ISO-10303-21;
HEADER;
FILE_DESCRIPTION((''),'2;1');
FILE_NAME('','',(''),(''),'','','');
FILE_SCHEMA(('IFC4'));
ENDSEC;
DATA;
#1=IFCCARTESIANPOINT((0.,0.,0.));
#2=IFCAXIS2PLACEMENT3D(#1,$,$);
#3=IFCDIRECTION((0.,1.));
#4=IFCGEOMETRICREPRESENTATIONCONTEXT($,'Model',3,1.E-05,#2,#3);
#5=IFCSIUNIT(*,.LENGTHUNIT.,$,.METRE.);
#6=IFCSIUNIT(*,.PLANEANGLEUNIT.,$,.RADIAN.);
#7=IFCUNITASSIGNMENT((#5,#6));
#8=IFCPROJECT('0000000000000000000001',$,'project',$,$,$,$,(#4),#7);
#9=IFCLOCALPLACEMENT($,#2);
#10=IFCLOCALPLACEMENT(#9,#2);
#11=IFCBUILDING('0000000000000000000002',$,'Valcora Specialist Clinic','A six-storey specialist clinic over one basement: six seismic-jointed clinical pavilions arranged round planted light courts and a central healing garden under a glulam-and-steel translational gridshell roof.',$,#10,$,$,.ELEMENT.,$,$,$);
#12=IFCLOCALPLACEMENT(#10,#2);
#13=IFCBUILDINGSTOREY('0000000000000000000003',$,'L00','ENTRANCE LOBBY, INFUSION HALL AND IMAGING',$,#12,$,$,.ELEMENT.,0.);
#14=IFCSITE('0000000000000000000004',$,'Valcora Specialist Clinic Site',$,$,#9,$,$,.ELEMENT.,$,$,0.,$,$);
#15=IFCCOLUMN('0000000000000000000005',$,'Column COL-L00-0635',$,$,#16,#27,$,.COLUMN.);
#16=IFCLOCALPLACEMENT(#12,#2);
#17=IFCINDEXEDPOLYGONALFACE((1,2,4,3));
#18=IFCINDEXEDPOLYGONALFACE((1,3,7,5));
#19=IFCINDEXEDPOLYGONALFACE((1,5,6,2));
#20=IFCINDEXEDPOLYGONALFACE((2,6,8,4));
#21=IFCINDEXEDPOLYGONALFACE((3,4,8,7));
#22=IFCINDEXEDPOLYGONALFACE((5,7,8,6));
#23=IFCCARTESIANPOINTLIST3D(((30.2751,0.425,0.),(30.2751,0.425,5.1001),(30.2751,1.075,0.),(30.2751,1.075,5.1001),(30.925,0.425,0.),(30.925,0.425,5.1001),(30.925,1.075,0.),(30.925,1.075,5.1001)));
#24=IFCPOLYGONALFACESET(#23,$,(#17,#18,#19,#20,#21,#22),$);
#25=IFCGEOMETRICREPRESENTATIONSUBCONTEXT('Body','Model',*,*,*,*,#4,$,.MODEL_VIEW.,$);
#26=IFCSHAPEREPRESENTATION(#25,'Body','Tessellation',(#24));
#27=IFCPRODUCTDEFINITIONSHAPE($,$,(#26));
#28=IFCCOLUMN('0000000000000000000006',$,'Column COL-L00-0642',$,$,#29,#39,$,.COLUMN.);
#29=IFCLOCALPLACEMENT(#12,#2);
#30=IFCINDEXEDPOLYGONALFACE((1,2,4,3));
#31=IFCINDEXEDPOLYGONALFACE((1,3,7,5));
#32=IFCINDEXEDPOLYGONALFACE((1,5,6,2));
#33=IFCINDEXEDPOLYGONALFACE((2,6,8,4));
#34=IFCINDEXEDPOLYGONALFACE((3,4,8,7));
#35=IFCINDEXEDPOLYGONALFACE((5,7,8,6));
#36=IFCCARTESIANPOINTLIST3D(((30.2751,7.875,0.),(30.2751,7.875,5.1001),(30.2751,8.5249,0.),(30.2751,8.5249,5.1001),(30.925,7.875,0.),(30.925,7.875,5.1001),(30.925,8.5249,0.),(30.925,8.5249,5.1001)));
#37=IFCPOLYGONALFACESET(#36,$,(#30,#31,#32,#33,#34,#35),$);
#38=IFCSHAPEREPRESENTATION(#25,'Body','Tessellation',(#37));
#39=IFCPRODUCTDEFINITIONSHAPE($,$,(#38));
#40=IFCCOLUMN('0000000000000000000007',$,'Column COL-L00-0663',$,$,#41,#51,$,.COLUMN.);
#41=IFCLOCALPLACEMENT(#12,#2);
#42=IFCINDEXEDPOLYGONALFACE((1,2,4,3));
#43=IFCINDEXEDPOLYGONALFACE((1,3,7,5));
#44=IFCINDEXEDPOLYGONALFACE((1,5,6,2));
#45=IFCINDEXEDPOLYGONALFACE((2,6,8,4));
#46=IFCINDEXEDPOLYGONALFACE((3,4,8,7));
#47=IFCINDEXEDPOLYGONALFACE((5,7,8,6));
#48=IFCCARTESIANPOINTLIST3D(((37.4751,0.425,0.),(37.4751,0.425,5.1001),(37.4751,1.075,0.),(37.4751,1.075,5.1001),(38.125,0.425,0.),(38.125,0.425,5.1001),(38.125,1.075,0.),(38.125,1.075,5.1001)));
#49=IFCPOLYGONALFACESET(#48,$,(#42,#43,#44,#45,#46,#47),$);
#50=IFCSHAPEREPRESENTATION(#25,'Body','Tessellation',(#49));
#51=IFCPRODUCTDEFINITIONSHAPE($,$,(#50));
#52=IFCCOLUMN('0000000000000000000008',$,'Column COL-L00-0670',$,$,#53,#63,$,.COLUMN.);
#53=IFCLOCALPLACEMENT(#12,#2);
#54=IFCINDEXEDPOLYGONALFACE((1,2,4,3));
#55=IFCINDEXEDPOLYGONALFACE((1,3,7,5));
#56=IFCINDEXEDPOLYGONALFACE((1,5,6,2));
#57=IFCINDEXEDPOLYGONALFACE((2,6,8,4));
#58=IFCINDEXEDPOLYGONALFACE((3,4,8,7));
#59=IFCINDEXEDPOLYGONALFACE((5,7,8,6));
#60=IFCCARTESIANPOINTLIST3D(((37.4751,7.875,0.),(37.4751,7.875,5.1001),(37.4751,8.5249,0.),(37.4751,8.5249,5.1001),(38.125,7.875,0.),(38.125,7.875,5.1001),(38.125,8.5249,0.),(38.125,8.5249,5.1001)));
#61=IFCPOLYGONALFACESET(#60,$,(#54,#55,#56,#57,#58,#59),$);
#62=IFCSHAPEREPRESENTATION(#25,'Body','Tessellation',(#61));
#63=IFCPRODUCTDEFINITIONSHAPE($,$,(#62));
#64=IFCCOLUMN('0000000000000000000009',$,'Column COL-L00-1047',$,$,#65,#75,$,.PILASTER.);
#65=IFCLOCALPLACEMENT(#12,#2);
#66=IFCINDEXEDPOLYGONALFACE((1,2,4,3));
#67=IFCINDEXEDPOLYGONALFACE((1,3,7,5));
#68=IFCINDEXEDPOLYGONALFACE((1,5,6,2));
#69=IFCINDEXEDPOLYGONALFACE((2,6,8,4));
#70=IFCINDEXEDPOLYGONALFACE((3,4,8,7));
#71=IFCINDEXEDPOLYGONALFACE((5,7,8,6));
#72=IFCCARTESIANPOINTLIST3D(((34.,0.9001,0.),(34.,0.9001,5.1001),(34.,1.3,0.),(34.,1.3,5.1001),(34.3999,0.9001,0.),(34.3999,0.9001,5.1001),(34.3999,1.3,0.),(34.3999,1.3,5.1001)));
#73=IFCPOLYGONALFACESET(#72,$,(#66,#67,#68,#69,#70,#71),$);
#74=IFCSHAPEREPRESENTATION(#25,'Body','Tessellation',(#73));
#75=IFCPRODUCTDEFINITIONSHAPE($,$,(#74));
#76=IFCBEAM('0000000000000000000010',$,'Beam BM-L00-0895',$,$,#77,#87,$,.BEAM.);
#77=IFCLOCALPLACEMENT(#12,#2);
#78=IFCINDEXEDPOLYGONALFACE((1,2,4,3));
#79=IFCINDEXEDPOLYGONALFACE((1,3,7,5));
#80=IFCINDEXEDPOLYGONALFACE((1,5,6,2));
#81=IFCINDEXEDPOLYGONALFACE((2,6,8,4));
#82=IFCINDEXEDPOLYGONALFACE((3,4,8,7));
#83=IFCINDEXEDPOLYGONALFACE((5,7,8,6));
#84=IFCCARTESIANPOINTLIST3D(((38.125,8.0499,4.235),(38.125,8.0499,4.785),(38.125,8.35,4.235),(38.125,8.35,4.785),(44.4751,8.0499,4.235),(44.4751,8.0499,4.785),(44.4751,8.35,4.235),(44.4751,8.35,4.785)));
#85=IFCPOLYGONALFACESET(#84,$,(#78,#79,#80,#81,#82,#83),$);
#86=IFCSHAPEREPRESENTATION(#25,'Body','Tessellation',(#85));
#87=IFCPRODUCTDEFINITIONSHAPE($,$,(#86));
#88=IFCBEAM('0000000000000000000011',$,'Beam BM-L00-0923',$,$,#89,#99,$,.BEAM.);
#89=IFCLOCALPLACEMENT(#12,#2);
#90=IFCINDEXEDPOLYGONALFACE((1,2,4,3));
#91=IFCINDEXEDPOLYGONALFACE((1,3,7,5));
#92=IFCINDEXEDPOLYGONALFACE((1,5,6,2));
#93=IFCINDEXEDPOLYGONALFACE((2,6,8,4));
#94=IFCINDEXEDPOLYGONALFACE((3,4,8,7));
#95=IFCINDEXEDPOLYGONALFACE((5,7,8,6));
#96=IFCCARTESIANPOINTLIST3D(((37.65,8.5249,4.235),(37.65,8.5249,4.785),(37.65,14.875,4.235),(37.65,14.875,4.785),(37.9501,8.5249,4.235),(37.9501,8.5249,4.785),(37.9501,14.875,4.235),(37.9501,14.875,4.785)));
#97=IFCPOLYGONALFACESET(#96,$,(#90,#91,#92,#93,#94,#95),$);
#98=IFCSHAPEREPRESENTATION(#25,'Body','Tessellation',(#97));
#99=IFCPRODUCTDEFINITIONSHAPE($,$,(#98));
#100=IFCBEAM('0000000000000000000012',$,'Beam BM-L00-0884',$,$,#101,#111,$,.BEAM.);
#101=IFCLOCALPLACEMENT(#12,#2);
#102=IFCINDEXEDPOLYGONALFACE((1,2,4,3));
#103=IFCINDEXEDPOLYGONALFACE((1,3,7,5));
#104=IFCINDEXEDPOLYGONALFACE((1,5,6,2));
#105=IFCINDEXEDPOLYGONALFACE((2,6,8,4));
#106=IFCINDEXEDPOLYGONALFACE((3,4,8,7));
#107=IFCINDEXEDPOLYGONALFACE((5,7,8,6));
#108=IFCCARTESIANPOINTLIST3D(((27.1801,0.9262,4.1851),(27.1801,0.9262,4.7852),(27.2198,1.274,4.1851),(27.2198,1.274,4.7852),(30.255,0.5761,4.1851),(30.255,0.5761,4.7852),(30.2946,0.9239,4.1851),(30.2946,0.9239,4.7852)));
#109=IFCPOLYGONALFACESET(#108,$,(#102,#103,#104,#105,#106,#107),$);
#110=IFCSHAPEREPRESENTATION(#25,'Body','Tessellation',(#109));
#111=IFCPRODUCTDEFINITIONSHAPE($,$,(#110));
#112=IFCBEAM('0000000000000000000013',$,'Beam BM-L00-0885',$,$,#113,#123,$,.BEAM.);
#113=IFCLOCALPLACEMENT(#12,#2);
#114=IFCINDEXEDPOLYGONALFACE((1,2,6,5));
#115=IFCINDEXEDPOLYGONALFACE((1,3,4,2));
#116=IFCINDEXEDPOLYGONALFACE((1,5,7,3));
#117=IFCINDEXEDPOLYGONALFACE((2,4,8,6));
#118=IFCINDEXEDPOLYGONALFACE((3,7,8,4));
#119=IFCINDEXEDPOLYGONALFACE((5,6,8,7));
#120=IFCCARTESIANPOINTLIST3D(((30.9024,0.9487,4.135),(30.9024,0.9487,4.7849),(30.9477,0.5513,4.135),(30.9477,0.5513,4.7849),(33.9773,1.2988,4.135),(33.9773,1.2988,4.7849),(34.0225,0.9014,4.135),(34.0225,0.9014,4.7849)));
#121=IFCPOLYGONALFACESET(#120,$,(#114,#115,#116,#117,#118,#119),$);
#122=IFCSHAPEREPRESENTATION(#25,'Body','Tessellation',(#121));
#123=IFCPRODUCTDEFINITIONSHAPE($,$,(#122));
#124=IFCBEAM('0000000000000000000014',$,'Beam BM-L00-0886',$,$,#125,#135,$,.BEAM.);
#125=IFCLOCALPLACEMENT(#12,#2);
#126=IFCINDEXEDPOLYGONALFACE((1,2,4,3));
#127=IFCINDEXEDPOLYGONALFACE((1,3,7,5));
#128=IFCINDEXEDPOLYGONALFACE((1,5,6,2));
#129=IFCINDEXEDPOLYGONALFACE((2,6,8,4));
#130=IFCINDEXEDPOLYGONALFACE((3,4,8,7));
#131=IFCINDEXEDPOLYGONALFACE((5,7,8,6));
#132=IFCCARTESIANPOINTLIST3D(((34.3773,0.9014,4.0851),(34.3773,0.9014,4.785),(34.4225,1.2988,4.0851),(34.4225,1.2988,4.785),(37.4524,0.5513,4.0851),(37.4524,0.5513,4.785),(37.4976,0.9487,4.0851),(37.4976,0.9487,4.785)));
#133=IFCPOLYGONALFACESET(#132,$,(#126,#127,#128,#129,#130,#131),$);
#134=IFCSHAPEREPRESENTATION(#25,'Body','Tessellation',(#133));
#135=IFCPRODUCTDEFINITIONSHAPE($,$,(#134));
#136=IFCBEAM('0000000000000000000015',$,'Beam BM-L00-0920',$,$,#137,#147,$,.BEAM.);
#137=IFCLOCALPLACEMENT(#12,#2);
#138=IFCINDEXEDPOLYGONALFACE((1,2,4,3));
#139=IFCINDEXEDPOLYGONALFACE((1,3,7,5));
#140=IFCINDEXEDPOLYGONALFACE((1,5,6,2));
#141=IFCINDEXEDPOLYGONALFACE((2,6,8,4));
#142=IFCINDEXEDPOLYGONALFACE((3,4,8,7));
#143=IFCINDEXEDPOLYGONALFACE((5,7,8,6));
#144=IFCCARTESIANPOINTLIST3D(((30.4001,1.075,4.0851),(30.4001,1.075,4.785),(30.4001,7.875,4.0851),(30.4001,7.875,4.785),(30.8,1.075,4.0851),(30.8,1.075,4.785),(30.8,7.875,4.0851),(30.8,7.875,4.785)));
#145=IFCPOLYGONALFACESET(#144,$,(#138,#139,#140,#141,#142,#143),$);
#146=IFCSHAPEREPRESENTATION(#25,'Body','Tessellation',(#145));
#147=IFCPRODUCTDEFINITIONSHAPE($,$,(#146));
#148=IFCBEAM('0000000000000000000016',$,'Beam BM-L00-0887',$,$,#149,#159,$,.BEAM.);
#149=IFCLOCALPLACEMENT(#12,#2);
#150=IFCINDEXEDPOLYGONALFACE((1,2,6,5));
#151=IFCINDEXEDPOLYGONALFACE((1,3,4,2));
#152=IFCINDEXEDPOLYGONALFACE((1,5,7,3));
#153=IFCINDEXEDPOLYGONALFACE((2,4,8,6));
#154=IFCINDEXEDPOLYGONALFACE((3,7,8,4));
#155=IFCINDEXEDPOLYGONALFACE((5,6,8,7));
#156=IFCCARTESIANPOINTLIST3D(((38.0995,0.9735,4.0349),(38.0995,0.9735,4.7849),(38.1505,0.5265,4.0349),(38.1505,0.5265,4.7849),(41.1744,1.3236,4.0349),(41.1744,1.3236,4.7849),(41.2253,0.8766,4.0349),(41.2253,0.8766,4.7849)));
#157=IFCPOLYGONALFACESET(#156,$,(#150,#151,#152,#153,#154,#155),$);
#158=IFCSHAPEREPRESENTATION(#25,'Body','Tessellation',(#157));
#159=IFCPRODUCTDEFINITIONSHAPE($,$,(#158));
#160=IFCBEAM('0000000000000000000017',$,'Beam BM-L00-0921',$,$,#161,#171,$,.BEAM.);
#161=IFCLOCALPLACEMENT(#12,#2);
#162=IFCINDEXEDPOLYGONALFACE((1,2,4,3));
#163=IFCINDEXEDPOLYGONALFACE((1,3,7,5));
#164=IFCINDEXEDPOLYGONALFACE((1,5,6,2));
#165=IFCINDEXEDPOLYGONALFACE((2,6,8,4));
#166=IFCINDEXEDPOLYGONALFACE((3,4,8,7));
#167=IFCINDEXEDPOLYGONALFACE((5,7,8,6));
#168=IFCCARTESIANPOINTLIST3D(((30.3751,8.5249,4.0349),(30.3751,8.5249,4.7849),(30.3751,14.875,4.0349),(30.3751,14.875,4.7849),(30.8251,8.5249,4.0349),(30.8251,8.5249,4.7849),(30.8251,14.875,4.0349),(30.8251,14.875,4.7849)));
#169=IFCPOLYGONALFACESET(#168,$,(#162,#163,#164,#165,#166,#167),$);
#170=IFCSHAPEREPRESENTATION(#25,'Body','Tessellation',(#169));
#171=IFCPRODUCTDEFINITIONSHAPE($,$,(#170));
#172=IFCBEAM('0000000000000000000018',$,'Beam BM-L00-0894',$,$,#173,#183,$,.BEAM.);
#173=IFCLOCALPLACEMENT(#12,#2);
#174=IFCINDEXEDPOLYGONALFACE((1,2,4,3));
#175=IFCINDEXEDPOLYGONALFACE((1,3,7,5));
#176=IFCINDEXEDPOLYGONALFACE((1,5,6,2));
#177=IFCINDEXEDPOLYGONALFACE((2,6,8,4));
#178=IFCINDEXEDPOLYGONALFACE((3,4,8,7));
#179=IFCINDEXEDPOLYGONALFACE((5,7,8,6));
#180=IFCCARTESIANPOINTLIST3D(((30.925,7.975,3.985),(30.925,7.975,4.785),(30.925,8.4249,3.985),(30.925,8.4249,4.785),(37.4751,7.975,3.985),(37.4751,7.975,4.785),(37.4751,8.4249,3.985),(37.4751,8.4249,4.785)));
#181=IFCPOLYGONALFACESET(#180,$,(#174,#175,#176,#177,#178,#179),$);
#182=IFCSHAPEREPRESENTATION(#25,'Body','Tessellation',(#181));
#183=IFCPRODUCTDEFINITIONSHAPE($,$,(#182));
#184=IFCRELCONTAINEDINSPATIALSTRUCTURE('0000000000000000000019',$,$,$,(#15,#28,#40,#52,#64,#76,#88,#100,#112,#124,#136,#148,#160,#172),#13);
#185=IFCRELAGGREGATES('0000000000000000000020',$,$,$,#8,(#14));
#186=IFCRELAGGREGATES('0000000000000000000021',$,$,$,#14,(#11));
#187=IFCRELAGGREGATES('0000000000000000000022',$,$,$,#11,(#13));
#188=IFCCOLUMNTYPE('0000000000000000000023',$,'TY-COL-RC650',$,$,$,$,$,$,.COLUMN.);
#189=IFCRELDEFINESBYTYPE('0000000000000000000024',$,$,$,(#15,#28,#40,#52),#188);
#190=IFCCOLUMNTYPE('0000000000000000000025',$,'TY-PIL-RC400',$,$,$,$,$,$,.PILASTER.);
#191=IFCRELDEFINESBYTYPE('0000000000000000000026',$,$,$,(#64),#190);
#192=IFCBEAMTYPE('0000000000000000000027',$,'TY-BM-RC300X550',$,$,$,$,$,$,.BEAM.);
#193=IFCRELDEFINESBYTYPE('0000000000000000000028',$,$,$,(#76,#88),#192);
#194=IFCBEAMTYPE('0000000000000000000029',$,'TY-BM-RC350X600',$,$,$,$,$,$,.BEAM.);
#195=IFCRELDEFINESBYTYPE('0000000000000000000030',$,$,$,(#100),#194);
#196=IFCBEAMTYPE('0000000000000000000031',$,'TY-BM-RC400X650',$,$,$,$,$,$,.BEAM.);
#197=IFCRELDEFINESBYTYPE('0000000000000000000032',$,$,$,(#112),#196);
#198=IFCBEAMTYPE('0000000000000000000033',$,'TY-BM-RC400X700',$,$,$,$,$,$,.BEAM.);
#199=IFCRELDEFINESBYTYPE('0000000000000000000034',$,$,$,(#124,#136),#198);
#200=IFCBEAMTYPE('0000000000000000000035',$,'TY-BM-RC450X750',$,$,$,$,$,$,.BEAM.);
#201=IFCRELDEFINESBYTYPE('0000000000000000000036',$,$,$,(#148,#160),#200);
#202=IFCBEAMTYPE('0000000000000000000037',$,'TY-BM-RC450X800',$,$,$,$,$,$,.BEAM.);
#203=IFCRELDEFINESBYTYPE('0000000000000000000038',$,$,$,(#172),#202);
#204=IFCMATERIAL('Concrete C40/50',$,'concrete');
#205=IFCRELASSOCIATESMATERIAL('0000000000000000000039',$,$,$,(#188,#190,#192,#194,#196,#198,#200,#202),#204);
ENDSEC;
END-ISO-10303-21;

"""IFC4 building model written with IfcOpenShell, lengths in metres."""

from ifc_helpers import new_model, si_unit, direction, frame, origin, origin_2d, place, context, subcontext, project, spatial, rectangle, extrude, material, material_profile, profile_set, type_object, element, save


model = new_model("IFC4")

# Units and contexts
model_context = context("Model", 3, precision=1e-05, world=origin(), true_north=direction((0.0, 1.0)))
body_context = subcontext(model_context, "Body", "Model", "MODEL_VIEW")
ifc_project = project(units=[si_unit("LENGTHUNIT", "METRE"), si_unit("PLANEANGLEUNIT", "RADIAN")], contexts=[model_context])

# Site, building, storey
site_placement = place(None, origin())
site = spatial("IfcSite", under=ifc_project, at=site_placement, Name="Valcora Specialist Clinic Site", CompositionType="ELEMENT", RefElevation=0.0)
building_placement = place(site_placement, origin())
building = spatial("IfcBuilding", under=site, at=building_placement, Name="Valcora Specialist Clinic", Description="A six-storey specialist clinic over one basement: six seismic-jointed clinical pavilions arranged round planted light courts and a central healing garden under a glulam-and-steel translational gridshell roof.", CompositionType="ELEMENT")
storey_placement = place(building_placement, origin())
storey = spatial("IfcBuildingStorey", under=building, at=storey_placement, Name="L00", Description="ENTRANCE LOBBY, INFUSION HALL AND IMAGING", CompositionType="ELEMENT", Elevation=0.0)

# Columns
ifc_material_1 = material(Name="Concrete C40/50", Category="concrete")
ifc_material_profile_1 = material_profile(ifc_material_1, rectangle(XDim=0.6499, YDim=0.6499, at=origin_2d()), Name="RC-COL-650X650")
ifc_profile_set_1 = profile_set([ifc_material_profile_1], Name="Concrete C40/50")
column_type_1 = type_object("IfcColumnType", Name="TY-COL-RC650", PredefinedType="COLUMN", material=ifc_profile_set_1)
for number, where, z_axis, x_axis, name in (
    (1, (30.6001, 0.75, 0.0), (0.0, 0.0, 1.0), (1.0, 0.0, 0.0), "Column COL-L00-0635"),
    (2, (30.6001, 8.2, 0.0), (0.0, 0.0, 1.0), (1.0, 0.0, 0.0), "Column COL-L00-0642"),
    (3, (37.8, 0.75, 0.0), (0.0, 0.0, 1.0), (1.0, 0.0, 0.0), "Column COL-L00-0663"),
    (4, (37.8, 8.2, 0.0), (0.0, 0.0, 1.0), (1.0, 0.0, 0.0), "Column COL-L00-0670"),
):
    element("IfcColumn", number, at=place(storey_placement, frame(where, z_axis=z_axis, x_axis=x_axis)), inside=storey, type_object=column_type_1, Name=name, PredefinedType="COLUMN", context=body_context, shape_type="SweptSolid", body=[
        extrude(rectangle(XDim=0.6499, YDim=0.6499, at=origin_2d()), origin(), (0.0, 0.0, 1.0), 5.1001),
    ])
ifc_material_profile_2 = material_profile(ifc_material_1, rectangle(XDim=0.3999, YDim=0.3999, at=origin_2d()), Name="RC-COL-400X400")
ifc_profile_set_2 = profile_set([ifc_material_profile_2], Name="Concrete C40/50")
column_type_2 = type_object("IfcColumnType", Name="TY-PIL-RC400", PredefinedType="PILASTER", material=ifc_profile_set_2)
column_placement = place(storey_placement, frame((34.2, 1.1001, 0.0), z_axis=(0.0, 0.0, 1.0), x_axis=(1.0, 0.0, 0.0)))
element("IfcColumn", 5, at=column_placement, inside=storey, type_object=column_type_2, Name="Column COL-L00-1047", PredefinedType="PILASTER", context=body_context, shape_type="SweptSolid", body=[
    extrude(rectangle(XDim=0.3999, YDim=0.3999, at=origin_2d()), origin(), (0.0, 0.0, 1.0), 5.1001),
])

# Beams
ifc_material_profile_3 = material_profile(ifc_material_1, rectangle(XDim=0.3, YDim=0.55, at=origin_2d()), Name="RC-BM-300X550")
ifc_profile_set_3 = profile_set([ifc_material_profile_3], Name="Concrete C40/50")
beam_type_1 = type_object("IfcBeamType", Name="TY-BM-RC300X550", PredefinedType="BEAM", material=ifc_profile_set_3)
for number, where, z_axis, x_axis, name in (
    (6, (38.125, 8.2, 4.51), (1.0, 0.0, 0.0), (0.0, 1.0, 0.0), "Beam BM-L00-0895"),
    (7, (37.8, 8.5249, 4.51), (0.0, 1.0, 0.0), (-1.0, 0.0, 0.0), "Beam BM-L00-0923"),
):
    element("IfcBeam", number, at=place(storey_placement, frame(where, z_axis=z_axis, x_axis=x_axis)), inside=storey, type_object=beam_type_1, Name=name, PredefinedType="BEAM", context=body_context, shape_type="SweptSolid", body=[
        extrude(rectangle(XDim=0.3, YDim=0.55, at=origin_2d()), origin(), (0.0, 0.0, 1.0), 6.3501),
    ])
ifc_material_profile_4 = material_profile(ifc_material_1, rectangle(XDim=0.3501, YDim=0.6001, at=origin_2d()), Name="RC-BM-350X600")
ifc_profile_set_4 = profile_set([ifc_material_profile_4], Name="Concrete C40/50")
beam_type_2 = type_object("IfcBeamType", Name="TY-BM-RC350X600", PredefinedType="BEAM", material=ifc_profile_set_4)
beam_1_placement = place(storey_placement, frame((27.2, 1.1001, 4.4851), z_axis=(0.993581, -0.113124, 0.0), x_axis=(0.113124, 0.993581, 0.0)))
element("IfcBeam", 8, at=beam_1_placement, inside=storey, type_object=beam_type_2, Name="Beam BM-L00-0884", PredefinedType="BEAM", context=body_context, shape_type="SweptSolid", body=[
    extrude(rectangle(XDim=0.3501, YDim=0.6001, at=origin_2d()), origin(), (0.0, 0.0, 1.0), 3.0947),
])
ifc_material_profile_5 = material_profile(ifc_material_1, rectangle(XDim=0.3999, YDim=0.6499, at=origin_2d()), Name="RC-BM-400X650")
ifc_profile_set_5 = profile_set([ifc_material_profile_5], Name="Concrete C40/50")
beam_type_3 = type_object("IfcBeamType", Name="TY-BM-RC400X650", PredefinedType="BEAM", material=ifc_profile_set_5)
beam_2_placement = place(storey_placement, frame((30.925, 0.75, 4.46), z_axis=(0.993581, 0.113124, 0.0), x_axis=(-0.113124, 0.993581, 0.0)))
element("IfcBeam", 9, at=beam_2_placement, inside=storey, type_object=beam_type_3, Name="Beam BM-L00-0885", PredefinedType="BEAM", context=body_context, shape_type="SweptSolid", body=[
    extrude(rectangle(XDim=0.3999, YDim=0.6499, at=origin_2d()), origin(), (0.0, 0.0, 1.0), 3.0947),
])
ifc_material_profile_6 = material_profile(ifc_material_1, rectangle(XDim=0.3999, YDim=0.7, at=origin_2d()), Name="RC-BM-400X700")
ifc_profile_set_6 = profile_set([ifc_material_profile_6], Name="Concrete C40/50")
beam_type_4 = type_object("IfcBeamType", Name="TY-BM-RC400X700", PredefinedType="BEAM", material=ifc_profile_set_6)
beam_3_placement = place(storey_placement, frame((34.3999, 1.1001, 4.4351), z_axis=(0.993582, -0.113115, 0.0), x_axis=(0.113115, 0.993582, 0.0)))
element("IfcBeam", 10, at=beam_3_placement, inside=storey, type_object=beam_type_4, Name="Beam BM-L00-0886", PredefinedType="BEAM", context=body_context, shape_type="SweptSolid", body=[
    extrude(rectangle(XDim=0.3999, YDim=0.7, at=origin_2d()), origin(), (0.0, 0.0, 1.0), 3.095),
])
beam_4_placement = place(storey_placement, frame((30.6001, 1.075, 4.4351), z_axis=(0.0, 1.0, 0.0), x_axis=(-1.0, 0.0, 0.0)))
element("IfcBeam", 11, at=beam_4_placement, inside=storey, type_object=beam_type_4, Name="Beam BM-L00-0920", PredefinedType="BEAM", context=body_context, shape_type="SweptSolid", body=[
    extrude(rectangle(XDim=0.3999, YDim=0.7, at=origin_2d()), origin(), (0.0, 0.0, 1.0), 6.8),
])
ifc_material_profile_7 = material_profile(ifc_material_1, rectangle(XDim=0.45, YDim=0.75, at=origin_2d()), Name="RC-BM-450X750")
ifc_profile_set_7 = profile_set([ifc_material_profile_7], Name="Concrete C40/50")
beam_type_5 = type_object("IfcBeamType", Name="TY-BM-RC450X750", PredefinedType="BEAM", material=ifc_profile_set_7)
beam_5_placement = place(storey_placement, frame((38.125, 0.75, 4.4099), z_axis=(0.993581, 0.113124, 0.0), x_axis=(-0.113124, 0.993581, 0.0)))
element("IfcBeam", 12, at=beam_5_placement, inside=storey, type_object=beam_type_5, Name="Beam BM-L00-0887", PredefinedType="BEAM", context=body_context, shape_type="SweptSolid", body=[
    extrude(rectangle(XDim=0.45, YDim=0.75, at=origin_2d()), origin(), (0.0, 0.0, 1.0), 3.0947),
])
beam_6_placement = place(storey_placement, frame((30.6001, 8.5249, 4.4099), z_axis=(0.0, 1.0, 0.0), x_axis=(-1.0, 0.0, 0.0)))
element("IfcBeam", 13, at=beam_6_placement, inside=storey, type_object=beam_type_5, Name="Beam BM-L00-0921", PredefinedType="BEAM", context=body_context, shape_type="SweptSolid", body=[
    extrude(rectangle(XDim=0.45, YDim=0.75, at=origin_2d()), origin(), (0.0, 0.0, 1.0), 6.3501),
])
ifc_material_profile_8 = material_profile(ifc_material_1, rectangle(XDim=0.45, YDim=0.8, at=origin_2d()), Name="RC-BM-450X800")
ifc_profile_set_8 = profile_set([ifc_material_profile_8], Name="Concrete C40/50")
beam_type_6 = type_object("IfcBeamType", Name="TY-BM-RC450X800", PredefinedType="BEAM", material=ifc_profile_set_8)
beam_7_placement = place(storey_placement, frame((30.925, 8.2, 4.385), z_axis=(1.0, 0.0, 0.0), x_axis=(0.0, 1.0, 0.0)))
element("IfcBeam", 14, at=beam_7_placement, inside=storey, type_object=beam_type_6, Name="Beam BM-L00-0894", PredefinedType="BEAM", context=body_context, shape_type="SweptSolid", body=[
    extrude(rectangle(XDim=0.45, YDim=0.8, at=origin_2d()), origin(), (0.0, 0.0, 1.0), 6.55),
])

save(model, "model.ifc")
